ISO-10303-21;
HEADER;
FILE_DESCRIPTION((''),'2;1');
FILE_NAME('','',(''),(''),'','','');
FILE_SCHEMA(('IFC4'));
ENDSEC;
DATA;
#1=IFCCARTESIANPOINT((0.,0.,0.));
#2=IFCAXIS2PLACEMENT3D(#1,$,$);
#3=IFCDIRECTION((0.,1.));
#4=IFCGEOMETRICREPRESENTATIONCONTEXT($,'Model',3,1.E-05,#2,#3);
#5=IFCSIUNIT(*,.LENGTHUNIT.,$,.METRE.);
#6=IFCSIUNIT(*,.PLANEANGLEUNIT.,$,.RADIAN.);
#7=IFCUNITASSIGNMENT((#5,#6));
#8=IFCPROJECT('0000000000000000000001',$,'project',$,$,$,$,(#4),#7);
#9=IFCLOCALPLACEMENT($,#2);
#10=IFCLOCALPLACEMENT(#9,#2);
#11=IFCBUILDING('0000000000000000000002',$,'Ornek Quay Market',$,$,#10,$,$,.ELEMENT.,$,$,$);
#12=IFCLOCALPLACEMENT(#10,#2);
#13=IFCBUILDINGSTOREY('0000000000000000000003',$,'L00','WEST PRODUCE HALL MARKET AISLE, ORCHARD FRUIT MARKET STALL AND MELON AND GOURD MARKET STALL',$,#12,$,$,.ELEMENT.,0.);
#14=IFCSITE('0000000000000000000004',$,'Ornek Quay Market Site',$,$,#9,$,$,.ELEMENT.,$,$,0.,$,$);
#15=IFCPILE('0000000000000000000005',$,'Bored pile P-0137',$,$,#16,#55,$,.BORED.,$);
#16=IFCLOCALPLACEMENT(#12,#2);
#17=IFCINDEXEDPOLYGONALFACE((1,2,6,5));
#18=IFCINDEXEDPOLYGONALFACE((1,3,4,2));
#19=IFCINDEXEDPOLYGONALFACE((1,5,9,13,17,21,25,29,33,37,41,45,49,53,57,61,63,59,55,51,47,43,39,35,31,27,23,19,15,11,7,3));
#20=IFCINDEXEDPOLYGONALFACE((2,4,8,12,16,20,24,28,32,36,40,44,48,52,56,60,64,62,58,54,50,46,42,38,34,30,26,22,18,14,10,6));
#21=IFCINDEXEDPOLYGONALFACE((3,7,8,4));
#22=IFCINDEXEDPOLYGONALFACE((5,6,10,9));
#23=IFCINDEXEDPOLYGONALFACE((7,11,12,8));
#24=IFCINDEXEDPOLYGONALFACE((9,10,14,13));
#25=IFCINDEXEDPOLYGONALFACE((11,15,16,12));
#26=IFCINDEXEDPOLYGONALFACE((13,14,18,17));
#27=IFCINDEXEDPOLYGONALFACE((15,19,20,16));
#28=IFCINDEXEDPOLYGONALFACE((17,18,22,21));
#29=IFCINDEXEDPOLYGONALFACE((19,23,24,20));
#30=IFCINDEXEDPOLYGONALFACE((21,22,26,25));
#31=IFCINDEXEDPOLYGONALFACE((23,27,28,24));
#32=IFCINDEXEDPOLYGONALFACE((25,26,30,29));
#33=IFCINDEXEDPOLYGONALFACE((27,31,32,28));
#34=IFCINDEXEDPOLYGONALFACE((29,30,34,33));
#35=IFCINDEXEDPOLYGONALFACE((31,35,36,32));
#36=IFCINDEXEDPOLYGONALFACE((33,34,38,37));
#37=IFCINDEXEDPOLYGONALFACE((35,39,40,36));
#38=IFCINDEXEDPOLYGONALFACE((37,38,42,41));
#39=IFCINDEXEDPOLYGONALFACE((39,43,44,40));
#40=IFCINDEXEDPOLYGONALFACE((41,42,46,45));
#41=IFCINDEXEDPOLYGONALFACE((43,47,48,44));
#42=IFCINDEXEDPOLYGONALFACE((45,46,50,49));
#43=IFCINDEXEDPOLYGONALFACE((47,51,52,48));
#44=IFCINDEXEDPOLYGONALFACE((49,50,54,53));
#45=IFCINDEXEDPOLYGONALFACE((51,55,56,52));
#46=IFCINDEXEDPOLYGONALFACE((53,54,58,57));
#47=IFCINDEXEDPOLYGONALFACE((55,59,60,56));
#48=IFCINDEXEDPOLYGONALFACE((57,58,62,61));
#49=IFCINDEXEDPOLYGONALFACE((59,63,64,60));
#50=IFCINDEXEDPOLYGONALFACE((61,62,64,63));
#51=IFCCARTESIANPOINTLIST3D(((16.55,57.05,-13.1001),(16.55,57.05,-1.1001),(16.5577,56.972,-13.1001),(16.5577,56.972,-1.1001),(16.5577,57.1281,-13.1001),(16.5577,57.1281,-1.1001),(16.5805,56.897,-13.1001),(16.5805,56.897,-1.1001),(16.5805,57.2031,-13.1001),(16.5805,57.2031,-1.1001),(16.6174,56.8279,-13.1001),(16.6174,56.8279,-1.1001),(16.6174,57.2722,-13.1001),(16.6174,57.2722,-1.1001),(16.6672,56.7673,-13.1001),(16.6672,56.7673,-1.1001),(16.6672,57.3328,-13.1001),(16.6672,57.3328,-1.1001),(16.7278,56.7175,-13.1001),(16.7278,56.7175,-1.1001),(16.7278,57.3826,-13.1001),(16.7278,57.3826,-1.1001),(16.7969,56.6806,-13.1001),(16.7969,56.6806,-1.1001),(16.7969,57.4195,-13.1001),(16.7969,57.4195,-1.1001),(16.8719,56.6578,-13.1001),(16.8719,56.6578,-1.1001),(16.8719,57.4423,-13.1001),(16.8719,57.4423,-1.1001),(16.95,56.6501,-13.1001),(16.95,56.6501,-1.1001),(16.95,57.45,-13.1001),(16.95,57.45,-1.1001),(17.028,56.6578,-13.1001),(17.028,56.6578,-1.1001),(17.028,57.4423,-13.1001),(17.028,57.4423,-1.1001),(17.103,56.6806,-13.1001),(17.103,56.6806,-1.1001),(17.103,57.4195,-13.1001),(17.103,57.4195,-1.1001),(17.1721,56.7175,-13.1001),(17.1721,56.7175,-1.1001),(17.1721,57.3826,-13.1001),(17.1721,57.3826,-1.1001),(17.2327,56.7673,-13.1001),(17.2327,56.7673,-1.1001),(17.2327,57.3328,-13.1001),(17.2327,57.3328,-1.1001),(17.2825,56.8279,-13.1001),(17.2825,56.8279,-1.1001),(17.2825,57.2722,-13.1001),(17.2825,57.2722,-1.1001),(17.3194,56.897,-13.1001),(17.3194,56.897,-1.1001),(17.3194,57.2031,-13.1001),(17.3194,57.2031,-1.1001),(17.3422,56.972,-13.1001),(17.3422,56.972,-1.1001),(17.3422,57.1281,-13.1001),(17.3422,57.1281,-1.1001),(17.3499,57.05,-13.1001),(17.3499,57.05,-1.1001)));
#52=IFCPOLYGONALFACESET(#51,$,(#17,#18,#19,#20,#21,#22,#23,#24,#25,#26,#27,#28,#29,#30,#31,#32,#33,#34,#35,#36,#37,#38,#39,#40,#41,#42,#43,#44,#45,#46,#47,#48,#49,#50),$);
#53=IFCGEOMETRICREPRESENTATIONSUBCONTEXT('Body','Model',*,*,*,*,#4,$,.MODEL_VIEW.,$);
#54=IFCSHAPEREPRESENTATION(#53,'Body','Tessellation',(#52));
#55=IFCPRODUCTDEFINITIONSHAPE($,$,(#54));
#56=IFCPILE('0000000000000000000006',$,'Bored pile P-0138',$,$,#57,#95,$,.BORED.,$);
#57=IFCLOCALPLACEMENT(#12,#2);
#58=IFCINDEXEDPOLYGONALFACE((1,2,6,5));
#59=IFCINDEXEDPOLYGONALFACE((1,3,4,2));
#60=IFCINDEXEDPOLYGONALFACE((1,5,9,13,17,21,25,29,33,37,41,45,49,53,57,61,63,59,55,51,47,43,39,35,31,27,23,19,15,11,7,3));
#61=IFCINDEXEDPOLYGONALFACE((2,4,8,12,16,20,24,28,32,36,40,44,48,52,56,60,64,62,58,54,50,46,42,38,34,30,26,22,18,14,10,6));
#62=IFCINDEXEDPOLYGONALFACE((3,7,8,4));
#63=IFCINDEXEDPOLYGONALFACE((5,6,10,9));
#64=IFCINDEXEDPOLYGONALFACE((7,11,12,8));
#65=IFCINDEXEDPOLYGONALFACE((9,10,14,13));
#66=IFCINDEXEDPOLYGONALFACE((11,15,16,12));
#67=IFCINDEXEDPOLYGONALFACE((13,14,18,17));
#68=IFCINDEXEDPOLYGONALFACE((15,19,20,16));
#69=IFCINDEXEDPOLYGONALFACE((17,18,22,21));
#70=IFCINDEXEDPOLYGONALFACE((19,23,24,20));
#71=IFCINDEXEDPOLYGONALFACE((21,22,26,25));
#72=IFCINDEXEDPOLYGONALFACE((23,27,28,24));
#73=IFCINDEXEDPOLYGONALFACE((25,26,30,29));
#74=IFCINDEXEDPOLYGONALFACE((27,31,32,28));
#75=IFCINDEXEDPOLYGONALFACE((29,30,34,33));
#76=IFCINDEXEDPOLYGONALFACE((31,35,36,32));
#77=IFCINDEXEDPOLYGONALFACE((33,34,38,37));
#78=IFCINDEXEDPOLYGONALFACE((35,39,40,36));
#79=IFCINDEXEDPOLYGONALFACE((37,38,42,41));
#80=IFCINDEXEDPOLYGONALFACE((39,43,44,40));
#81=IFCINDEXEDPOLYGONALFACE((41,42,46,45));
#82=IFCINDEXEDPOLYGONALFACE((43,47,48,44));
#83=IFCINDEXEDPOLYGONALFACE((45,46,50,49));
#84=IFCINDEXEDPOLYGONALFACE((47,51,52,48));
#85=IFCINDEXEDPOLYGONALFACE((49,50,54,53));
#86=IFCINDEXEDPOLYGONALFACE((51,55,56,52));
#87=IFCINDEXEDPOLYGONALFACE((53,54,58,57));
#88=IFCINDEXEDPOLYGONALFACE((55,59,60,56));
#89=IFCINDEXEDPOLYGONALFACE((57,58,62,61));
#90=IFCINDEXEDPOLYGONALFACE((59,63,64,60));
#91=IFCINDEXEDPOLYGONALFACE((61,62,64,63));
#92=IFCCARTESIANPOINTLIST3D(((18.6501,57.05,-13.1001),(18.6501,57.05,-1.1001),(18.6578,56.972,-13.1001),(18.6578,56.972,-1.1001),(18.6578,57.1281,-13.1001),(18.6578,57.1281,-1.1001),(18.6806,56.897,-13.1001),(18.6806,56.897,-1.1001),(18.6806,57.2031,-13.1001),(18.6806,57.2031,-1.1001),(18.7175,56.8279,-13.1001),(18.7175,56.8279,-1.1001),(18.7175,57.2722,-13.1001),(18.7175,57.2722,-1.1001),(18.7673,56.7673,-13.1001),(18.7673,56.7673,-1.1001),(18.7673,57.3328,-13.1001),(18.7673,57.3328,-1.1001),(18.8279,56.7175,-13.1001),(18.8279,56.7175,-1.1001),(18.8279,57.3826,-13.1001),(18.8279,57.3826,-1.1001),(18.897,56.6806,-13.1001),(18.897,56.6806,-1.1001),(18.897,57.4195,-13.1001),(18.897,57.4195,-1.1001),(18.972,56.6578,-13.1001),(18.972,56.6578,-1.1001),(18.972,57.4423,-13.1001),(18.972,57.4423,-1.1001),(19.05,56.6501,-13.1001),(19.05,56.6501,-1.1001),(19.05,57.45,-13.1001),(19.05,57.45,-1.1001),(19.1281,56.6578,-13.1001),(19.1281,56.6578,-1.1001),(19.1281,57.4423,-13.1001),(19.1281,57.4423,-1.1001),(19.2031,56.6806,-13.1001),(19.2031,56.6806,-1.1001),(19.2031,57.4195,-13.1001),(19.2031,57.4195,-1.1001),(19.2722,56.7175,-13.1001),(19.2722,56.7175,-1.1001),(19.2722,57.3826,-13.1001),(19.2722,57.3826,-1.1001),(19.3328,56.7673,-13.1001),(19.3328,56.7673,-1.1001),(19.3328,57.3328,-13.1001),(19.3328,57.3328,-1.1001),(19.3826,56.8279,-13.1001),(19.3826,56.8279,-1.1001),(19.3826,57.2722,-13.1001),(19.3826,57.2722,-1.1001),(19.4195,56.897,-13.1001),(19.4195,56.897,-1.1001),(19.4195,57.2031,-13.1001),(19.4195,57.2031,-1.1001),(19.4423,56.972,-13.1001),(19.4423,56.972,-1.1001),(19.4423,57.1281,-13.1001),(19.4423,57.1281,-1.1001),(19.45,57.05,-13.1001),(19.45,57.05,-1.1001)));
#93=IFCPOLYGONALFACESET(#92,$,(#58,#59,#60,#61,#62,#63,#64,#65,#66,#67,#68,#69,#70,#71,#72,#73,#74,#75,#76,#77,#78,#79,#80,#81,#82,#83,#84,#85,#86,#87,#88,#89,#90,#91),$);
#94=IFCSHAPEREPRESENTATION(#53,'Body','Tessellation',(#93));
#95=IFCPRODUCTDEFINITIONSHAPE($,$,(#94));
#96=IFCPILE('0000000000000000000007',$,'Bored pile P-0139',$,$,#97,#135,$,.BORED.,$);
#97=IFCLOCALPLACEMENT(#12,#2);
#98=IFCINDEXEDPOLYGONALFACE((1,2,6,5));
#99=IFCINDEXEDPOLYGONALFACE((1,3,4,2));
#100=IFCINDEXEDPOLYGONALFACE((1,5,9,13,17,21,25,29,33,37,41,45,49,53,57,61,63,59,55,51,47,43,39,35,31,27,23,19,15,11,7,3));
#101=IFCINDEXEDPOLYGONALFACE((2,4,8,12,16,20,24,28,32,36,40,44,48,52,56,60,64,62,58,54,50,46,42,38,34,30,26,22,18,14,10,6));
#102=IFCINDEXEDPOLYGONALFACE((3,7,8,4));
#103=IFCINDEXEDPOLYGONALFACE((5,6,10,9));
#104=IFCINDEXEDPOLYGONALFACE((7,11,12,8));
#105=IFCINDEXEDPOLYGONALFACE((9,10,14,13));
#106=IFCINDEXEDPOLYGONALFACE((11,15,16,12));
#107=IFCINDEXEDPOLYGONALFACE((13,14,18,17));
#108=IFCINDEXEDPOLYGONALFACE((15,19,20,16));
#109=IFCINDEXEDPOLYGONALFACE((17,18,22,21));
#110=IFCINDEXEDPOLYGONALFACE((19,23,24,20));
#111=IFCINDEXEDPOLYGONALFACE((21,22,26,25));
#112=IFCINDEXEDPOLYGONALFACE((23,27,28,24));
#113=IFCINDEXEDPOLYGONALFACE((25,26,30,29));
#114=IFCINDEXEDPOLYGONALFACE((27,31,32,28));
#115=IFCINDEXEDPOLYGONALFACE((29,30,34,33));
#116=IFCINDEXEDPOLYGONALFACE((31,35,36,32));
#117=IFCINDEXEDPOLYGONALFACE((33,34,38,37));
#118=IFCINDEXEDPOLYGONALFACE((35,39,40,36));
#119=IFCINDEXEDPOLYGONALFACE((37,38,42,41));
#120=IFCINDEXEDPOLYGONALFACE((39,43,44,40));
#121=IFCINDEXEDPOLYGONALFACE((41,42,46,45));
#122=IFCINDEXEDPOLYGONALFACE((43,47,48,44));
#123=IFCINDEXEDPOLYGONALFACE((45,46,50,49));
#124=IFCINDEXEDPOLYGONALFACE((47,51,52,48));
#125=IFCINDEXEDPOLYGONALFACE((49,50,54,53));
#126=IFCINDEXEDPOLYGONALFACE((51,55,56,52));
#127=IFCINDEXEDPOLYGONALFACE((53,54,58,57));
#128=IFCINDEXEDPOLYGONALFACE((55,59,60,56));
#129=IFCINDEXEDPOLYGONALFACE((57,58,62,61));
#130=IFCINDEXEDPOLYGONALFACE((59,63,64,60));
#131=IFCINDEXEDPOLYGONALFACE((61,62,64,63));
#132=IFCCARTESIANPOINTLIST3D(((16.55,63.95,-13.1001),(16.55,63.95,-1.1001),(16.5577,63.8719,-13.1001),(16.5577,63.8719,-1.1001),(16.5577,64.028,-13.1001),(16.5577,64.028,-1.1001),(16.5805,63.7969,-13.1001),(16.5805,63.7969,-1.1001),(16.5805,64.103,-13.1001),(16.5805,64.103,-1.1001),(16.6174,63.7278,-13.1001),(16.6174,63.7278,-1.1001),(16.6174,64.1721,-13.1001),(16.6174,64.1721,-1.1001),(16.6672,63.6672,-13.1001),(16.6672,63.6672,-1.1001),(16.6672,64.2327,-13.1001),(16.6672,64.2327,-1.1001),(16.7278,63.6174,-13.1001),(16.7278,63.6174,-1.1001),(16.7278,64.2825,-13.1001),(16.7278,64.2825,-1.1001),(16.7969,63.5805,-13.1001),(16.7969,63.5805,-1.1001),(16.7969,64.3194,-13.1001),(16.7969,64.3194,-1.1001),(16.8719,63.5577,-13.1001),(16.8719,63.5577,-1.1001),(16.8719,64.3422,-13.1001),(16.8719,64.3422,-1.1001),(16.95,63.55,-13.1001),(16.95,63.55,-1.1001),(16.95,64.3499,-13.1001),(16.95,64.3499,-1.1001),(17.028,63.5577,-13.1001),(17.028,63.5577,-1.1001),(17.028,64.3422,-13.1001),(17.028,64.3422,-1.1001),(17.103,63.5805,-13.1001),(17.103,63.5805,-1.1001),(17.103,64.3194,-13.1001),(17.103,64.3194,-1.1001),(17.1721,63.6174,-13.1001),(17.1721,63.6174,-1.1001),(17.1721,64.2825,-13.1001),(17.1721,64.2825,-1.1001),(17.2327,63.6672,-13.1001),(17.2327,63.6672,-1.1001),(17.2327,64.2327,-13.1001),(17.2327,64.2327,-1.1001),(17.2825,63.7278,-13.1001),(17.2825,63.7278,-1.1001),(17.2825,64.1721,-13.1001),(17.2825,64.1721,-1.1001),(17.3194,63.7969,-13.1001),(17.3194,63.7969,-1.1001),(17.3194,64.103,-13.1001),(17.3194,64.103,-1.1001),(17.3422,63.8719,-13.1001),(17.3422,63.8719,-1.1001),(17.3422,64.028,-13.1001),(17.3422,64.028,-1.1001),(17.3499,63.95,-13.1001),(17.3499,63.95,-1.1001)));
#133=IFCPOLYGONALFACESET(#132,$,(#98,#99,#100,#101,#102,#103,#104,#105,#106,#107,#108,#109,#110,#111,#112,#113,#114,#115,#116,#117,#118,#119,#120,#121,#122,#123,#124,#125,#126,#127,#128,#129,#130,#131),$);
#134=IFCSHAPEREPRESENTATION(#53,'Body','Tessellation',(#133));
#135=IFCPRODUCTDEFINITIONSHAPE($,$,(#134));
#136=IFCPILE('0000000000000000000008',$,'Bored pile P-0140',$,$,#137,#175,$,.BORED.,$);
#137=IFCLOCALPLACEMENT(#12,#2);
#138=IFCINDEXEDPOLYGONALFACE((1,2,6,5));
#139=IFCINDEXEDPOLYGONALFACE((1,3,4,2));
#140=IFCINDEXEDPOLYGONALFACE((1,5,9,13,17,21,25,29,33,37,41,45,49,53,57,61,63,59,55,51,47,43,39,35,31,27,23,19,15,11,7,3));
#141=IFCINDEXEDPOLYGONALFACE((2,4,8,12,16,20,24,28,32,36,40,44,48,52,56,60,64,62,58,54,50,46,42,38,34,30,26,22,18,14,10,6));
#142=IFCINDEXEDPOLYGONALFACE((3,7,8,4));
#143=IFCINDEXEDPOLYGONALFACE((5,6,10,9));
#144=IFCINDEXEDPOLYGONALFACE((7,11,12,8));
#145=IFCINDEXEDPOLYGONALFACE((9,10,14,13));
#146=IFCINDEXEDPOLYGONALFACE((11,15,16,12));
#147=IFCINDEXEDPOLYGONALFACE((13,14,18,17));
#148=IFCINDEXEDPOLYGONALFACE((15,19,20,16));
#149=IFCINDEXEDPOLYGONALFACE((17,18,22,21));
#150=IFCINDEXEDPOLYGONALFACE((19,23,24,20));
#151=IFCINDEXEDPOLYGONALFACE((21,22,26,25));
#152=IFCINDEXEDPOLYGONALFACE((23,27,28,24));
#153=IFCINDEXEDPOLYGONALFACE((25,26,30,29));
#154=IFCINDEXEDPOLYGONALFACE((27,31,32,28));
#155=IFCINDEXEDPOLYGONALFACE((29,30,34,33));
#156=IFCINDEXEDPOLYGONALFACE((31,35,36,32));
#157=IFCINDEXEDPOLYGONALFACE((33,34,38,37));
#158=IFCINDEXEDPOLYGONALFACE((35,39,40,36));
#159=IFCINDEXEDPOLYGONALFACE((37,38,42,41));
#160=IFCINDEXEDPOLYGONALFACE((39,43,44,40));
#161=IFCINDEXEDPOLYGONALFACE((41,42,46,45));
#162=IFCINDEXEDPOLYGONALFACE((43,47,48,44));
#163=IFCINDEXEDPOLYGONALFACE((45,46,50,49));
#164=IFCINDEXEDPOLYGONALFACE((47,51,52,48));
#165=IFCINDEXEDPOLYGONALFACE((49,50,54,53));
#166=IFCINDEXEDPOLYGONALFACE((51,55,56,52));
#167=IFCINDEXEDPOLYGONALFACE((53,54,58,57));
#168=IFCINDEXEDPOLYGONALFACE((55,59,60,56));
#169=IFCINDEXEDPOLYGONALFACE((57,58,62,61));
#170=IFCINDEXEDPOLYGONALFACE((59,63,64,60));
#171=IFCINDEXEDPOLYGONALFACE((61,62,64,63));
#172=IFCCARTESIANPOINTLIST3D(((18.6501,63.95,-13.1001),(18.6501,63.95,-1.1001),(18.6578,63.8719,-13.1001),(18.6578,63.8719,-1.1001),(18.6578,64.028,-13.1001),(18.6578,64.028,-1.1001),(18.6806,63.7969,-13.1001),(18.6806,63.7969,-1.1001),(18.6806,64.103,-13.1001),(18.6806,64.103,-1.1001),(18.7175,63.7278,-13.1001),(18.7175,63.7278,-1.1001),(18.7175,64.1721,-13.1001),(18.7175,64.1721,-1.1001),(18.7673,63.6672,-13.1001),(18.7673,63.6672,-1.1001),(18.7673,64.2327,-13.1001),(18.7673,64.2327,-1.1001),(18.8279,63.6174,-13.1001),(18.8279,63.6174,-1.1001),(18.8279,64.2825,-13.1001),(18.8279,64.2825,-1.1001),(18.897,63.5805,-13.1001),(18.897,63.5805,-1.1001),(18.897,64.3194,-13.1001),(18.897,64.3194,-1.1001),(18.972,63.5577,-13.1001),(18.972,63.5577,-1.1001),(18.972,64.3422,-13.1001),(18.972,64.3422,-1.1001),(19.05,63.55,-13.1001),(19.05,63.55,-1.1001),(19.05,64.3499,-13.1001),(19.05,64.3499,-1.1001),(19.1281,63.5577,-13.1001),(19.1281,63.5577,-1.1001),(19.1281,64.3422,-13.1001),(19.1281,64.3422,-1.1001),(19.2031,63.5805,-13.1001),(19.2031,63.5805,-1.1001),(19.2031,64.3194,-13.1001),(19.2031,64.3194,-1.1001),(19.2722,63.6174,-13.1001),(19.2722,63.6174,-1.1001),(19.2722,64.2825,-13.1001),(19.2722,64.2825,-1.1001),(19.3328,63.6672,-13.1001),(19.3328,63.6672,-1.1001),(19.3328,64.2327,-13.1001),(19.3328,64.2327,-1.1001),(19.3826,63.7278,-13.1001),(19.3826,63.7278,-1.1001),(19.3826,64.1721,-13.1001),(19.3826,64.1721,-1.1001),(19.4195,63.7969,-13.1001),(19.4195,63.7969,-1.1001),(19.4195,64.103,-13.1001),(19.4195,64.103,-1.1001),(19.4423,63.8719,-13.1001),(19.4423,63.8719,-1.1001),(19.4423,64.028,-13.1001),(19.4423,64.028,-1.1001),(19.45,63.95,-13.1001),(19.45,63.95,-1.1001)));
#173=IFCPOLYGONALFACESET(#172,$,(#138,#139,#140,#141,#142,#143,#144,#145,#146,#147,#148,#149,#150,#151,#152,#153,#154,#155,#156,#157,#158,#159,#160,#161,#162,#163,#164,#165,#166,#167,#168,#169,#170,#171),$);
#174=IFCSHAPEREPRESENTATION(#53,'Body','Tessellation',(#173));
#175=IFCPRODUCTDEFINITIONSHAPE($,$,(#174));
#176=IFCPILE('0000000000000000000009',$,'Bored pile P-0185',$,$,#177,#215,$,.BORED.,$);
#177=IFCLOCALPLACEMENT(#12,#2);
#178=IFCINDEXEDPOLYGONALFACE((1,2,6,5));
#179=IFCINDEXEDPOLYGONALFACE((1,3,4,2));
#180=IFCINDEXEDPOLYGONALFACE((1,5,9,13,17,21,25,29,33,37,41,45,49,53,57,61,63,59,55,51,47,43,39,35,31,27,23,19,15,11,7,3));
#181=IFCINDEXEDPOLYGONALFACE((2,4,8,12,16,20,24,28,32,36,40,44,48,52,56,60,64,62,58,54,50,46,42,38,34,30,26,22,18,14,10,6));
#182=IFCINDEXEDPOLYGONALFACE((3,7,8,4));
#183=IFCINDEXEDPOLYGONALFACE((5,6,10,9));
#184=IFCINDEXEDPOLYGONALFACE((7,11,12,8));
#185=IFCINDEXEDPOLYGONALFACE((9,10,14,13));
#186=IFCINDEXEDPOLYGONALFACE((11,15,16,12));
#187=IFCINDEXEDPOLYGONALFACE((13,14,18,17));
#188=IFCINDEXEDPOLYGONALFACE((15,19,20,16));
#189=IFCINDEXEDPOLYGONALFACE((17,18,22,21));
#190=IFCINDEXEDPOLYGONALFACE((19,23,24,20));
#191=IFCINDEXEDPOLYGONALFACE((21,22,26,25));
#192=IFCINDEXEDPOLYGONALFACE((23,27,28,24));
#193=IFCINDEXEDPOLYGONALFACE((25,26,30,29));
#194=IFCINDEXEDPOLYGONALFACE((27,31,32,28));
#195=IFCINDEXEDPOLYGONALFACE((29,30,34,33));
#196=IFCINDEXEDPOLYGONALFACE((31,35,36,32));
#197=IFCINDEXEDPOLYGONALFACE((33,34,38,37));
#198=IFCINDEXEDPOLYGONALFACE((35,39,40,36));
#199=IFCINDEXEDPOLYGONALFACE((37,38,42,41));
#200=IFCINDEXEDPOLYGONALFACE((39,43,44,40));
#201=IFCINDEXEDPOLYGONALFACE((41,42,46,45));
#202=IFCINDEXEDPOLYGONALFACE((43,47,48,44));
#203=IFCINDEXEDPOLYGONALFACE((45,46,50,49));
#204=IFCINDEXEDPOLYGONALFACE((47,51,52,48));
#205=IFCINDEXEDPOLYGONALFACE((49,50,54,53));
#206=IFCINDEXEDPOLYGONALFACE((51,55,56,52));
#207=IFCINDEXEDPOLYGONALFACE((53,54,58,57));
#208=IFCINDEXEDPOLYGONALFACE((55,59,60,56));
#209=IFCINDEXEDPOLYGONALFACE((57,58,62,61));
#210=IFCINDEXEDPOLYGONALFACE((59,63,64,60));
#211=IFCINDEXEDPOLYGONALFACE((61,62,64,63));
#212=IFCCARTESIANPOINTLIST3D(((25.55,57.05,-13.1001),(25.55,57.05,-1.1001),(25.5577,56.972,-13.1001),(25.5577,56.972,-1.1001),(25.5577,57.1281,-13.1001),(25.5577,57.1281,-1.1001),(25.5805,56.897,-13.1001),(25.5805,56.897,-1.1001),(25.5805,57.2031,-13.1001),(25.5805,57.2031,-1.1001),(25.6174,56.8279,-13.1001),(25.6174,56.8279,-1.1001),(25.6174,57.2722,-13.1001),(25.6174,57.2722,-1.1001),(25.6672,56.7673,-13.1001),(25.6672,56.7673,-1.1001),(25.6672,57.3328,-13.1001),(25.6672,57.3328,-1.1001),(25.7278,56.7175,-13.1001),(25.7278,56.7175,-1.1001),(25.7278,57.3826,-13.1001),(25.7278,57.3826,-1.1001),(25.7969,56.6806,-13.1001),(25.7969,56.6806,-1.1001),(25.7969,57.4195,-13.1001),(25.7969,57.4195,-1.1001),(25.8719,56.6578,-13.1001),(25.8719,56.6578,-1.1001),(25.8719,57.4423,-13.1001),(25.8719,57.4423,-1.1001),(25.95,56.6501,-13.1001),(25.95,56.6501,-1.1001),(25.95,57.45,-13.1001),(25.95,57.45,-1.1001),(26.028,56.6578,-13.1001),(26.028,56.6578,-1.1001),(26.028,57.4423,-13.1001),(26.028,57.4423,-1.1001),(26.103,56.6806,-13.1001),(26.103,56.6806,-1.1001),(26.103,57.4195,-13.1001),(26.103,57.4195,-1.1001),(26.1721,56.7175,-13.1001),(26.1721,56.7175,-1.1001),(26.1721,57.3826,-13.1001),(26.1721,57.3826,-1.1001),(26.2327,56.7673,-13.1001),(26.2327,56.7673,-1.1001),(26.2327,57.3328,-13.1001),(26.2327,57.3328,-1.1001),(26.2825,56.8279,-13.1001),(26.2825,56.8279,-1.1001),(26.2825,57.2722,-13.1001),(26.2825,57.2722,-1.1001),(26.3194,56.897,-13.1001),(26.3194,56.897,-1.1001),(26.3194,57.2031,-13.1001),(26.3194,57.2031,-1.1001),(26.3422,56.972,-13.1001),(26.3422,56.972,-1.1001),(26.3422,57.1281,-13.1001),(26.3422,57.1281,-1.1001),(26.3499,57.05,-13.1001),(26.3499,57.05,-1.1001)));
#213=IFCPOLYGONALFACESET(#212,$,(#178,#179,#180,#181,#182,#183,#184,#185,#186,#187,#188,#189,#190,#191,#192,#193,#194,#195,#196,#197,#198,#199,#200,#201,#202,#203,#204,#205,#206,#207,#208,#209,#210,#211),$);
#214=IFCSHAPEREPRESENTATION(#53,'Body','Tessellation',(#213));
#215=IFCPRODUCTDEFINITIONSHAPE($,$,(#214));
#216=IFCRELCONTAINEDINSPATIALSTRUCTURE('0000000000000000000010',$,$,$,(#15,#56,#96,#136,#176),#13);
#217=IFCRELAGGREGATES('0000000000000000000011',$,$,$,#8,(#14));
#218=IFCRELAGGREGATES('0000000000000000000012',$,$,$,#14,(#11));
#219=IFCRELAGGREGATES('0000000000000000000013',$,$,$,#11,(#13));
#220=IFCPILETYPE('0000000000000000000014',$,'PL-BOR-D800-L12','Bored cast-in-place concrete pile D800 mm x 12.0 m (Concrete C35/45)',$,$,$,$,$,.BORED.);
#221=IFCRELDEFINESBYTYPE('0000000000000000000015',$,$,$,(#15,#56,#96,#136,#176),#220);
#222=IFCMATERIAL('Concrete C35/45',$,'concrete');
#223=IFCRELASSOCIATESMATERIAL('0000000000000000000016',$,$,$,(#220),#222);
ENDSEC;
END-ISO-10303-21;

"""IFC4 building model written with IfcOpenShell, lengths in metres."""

from ifc_helpers import new_model, si_unit, direction, frame, origin, origin_2d, place, context, subcontext, project, spatial, circle, extrude, material, material_profile, profile_set, type_object, element, save


model = new_model("IFC4")

# Units and contexts
model_context = context("Model", 3, precision=1e-05, world=origin(), true_north=direction((0.0, 1.0)))
body_context = subcontext(model_context, "Body", "Model", "MODEL_VIEW")
ifc_project = project(units=[si_unit("LENGTHUNIT", "METRE"), si_unit("PLANEANGLEUNIT", "RADIAN")], contexts=[model_context])

# Site, building, storey
site_placement = place(None, origin())
site = spatial("IfcSite", under=ifc_project, at=site_placement, Name="Ornek Quay Market Site", CompositionType="ELEMENT", RefElevation=0.0)
building_placement = place(site_placement, origin())
building = spatial("IfcBuilding", under=site, at=building_placement, Name="Ornek Quay Market", CompositionType="ELEMENT")
storey_placement = place(building_placement, origin())
storey = spatial("IfcBuildingStorey", under=building, at=storey_placement, Name="L00", Description="WEST PRODUCE HALL MARKET AISLE, ORCHARD FRUIT MARKET STALL AND MELON AND GOURD MARKET STALL", CompositionType="ELEMENT", Elevation=0.0)

# Piles
ifc_material_1 = material(Name="Concrete C35/45", Category="concrete")
ifc_material_profile_1 = material_profile(ifc_material_1, circle(Radius=0.3999, at=origin_2d()), Name="PILE D800", Category="concrete")
ifc_profile_set_1 = profile_set([ifc_material_profile_1], Name="Concrete C35/45")
pile_type = type_object("IfcPileType", Name="PL-BOR-D800-L12", Description="Bored cast-in-place concrete pile D800 mm x 12.0 m (Concrete C35/45)", PredefinedType="BORED", material=ifc_profile_set_1)
for number, where, z_axis, x_axis, name in (
    (1, (16.95, 57.05, -1.1001), (0.0, 0.0, -1.0), (1.0, 0.0, 0.0), "Bored pile P-0137"),
    (2, (19.05, 57.05, -1.1001), (0.0, 0.0, -1.0), (1.0, 0.0, 0.0), "Bored pile P-0138"),
    (3, (16.95, 63.95, -1.1001), (0.0, 0.0, -1.0), (1.0, 0.0, 0.0), "Bored pile P-0139"),
    (4, (19.05, 63.95, -1.1001), (0.0, 0.0, -1.0), (1.0, 0.0, 0.0), "Bored pile P-0140"),
    (5, (25.95, 57.05, -1.1001), (0.0, 0.0, -1.0), (1.0, 0.0, 0.0), "Bored pile P-0185"),
):
    element("IfcPile", number, at=place(storey_placement, frame(where, z_axis=z_axis, x_axis=x_axis)), inside=storey, type_object=pile_type, Name=name, PredefinedType="BORED", context=body_context, shape_type="SweptSolid", body=[
        extrude(circle(Radius=0.3999, at=origin_2d()), origin(), (0.0, 0.0, 1.0), 12.0),
    ])

save(model, "model.ifc")
